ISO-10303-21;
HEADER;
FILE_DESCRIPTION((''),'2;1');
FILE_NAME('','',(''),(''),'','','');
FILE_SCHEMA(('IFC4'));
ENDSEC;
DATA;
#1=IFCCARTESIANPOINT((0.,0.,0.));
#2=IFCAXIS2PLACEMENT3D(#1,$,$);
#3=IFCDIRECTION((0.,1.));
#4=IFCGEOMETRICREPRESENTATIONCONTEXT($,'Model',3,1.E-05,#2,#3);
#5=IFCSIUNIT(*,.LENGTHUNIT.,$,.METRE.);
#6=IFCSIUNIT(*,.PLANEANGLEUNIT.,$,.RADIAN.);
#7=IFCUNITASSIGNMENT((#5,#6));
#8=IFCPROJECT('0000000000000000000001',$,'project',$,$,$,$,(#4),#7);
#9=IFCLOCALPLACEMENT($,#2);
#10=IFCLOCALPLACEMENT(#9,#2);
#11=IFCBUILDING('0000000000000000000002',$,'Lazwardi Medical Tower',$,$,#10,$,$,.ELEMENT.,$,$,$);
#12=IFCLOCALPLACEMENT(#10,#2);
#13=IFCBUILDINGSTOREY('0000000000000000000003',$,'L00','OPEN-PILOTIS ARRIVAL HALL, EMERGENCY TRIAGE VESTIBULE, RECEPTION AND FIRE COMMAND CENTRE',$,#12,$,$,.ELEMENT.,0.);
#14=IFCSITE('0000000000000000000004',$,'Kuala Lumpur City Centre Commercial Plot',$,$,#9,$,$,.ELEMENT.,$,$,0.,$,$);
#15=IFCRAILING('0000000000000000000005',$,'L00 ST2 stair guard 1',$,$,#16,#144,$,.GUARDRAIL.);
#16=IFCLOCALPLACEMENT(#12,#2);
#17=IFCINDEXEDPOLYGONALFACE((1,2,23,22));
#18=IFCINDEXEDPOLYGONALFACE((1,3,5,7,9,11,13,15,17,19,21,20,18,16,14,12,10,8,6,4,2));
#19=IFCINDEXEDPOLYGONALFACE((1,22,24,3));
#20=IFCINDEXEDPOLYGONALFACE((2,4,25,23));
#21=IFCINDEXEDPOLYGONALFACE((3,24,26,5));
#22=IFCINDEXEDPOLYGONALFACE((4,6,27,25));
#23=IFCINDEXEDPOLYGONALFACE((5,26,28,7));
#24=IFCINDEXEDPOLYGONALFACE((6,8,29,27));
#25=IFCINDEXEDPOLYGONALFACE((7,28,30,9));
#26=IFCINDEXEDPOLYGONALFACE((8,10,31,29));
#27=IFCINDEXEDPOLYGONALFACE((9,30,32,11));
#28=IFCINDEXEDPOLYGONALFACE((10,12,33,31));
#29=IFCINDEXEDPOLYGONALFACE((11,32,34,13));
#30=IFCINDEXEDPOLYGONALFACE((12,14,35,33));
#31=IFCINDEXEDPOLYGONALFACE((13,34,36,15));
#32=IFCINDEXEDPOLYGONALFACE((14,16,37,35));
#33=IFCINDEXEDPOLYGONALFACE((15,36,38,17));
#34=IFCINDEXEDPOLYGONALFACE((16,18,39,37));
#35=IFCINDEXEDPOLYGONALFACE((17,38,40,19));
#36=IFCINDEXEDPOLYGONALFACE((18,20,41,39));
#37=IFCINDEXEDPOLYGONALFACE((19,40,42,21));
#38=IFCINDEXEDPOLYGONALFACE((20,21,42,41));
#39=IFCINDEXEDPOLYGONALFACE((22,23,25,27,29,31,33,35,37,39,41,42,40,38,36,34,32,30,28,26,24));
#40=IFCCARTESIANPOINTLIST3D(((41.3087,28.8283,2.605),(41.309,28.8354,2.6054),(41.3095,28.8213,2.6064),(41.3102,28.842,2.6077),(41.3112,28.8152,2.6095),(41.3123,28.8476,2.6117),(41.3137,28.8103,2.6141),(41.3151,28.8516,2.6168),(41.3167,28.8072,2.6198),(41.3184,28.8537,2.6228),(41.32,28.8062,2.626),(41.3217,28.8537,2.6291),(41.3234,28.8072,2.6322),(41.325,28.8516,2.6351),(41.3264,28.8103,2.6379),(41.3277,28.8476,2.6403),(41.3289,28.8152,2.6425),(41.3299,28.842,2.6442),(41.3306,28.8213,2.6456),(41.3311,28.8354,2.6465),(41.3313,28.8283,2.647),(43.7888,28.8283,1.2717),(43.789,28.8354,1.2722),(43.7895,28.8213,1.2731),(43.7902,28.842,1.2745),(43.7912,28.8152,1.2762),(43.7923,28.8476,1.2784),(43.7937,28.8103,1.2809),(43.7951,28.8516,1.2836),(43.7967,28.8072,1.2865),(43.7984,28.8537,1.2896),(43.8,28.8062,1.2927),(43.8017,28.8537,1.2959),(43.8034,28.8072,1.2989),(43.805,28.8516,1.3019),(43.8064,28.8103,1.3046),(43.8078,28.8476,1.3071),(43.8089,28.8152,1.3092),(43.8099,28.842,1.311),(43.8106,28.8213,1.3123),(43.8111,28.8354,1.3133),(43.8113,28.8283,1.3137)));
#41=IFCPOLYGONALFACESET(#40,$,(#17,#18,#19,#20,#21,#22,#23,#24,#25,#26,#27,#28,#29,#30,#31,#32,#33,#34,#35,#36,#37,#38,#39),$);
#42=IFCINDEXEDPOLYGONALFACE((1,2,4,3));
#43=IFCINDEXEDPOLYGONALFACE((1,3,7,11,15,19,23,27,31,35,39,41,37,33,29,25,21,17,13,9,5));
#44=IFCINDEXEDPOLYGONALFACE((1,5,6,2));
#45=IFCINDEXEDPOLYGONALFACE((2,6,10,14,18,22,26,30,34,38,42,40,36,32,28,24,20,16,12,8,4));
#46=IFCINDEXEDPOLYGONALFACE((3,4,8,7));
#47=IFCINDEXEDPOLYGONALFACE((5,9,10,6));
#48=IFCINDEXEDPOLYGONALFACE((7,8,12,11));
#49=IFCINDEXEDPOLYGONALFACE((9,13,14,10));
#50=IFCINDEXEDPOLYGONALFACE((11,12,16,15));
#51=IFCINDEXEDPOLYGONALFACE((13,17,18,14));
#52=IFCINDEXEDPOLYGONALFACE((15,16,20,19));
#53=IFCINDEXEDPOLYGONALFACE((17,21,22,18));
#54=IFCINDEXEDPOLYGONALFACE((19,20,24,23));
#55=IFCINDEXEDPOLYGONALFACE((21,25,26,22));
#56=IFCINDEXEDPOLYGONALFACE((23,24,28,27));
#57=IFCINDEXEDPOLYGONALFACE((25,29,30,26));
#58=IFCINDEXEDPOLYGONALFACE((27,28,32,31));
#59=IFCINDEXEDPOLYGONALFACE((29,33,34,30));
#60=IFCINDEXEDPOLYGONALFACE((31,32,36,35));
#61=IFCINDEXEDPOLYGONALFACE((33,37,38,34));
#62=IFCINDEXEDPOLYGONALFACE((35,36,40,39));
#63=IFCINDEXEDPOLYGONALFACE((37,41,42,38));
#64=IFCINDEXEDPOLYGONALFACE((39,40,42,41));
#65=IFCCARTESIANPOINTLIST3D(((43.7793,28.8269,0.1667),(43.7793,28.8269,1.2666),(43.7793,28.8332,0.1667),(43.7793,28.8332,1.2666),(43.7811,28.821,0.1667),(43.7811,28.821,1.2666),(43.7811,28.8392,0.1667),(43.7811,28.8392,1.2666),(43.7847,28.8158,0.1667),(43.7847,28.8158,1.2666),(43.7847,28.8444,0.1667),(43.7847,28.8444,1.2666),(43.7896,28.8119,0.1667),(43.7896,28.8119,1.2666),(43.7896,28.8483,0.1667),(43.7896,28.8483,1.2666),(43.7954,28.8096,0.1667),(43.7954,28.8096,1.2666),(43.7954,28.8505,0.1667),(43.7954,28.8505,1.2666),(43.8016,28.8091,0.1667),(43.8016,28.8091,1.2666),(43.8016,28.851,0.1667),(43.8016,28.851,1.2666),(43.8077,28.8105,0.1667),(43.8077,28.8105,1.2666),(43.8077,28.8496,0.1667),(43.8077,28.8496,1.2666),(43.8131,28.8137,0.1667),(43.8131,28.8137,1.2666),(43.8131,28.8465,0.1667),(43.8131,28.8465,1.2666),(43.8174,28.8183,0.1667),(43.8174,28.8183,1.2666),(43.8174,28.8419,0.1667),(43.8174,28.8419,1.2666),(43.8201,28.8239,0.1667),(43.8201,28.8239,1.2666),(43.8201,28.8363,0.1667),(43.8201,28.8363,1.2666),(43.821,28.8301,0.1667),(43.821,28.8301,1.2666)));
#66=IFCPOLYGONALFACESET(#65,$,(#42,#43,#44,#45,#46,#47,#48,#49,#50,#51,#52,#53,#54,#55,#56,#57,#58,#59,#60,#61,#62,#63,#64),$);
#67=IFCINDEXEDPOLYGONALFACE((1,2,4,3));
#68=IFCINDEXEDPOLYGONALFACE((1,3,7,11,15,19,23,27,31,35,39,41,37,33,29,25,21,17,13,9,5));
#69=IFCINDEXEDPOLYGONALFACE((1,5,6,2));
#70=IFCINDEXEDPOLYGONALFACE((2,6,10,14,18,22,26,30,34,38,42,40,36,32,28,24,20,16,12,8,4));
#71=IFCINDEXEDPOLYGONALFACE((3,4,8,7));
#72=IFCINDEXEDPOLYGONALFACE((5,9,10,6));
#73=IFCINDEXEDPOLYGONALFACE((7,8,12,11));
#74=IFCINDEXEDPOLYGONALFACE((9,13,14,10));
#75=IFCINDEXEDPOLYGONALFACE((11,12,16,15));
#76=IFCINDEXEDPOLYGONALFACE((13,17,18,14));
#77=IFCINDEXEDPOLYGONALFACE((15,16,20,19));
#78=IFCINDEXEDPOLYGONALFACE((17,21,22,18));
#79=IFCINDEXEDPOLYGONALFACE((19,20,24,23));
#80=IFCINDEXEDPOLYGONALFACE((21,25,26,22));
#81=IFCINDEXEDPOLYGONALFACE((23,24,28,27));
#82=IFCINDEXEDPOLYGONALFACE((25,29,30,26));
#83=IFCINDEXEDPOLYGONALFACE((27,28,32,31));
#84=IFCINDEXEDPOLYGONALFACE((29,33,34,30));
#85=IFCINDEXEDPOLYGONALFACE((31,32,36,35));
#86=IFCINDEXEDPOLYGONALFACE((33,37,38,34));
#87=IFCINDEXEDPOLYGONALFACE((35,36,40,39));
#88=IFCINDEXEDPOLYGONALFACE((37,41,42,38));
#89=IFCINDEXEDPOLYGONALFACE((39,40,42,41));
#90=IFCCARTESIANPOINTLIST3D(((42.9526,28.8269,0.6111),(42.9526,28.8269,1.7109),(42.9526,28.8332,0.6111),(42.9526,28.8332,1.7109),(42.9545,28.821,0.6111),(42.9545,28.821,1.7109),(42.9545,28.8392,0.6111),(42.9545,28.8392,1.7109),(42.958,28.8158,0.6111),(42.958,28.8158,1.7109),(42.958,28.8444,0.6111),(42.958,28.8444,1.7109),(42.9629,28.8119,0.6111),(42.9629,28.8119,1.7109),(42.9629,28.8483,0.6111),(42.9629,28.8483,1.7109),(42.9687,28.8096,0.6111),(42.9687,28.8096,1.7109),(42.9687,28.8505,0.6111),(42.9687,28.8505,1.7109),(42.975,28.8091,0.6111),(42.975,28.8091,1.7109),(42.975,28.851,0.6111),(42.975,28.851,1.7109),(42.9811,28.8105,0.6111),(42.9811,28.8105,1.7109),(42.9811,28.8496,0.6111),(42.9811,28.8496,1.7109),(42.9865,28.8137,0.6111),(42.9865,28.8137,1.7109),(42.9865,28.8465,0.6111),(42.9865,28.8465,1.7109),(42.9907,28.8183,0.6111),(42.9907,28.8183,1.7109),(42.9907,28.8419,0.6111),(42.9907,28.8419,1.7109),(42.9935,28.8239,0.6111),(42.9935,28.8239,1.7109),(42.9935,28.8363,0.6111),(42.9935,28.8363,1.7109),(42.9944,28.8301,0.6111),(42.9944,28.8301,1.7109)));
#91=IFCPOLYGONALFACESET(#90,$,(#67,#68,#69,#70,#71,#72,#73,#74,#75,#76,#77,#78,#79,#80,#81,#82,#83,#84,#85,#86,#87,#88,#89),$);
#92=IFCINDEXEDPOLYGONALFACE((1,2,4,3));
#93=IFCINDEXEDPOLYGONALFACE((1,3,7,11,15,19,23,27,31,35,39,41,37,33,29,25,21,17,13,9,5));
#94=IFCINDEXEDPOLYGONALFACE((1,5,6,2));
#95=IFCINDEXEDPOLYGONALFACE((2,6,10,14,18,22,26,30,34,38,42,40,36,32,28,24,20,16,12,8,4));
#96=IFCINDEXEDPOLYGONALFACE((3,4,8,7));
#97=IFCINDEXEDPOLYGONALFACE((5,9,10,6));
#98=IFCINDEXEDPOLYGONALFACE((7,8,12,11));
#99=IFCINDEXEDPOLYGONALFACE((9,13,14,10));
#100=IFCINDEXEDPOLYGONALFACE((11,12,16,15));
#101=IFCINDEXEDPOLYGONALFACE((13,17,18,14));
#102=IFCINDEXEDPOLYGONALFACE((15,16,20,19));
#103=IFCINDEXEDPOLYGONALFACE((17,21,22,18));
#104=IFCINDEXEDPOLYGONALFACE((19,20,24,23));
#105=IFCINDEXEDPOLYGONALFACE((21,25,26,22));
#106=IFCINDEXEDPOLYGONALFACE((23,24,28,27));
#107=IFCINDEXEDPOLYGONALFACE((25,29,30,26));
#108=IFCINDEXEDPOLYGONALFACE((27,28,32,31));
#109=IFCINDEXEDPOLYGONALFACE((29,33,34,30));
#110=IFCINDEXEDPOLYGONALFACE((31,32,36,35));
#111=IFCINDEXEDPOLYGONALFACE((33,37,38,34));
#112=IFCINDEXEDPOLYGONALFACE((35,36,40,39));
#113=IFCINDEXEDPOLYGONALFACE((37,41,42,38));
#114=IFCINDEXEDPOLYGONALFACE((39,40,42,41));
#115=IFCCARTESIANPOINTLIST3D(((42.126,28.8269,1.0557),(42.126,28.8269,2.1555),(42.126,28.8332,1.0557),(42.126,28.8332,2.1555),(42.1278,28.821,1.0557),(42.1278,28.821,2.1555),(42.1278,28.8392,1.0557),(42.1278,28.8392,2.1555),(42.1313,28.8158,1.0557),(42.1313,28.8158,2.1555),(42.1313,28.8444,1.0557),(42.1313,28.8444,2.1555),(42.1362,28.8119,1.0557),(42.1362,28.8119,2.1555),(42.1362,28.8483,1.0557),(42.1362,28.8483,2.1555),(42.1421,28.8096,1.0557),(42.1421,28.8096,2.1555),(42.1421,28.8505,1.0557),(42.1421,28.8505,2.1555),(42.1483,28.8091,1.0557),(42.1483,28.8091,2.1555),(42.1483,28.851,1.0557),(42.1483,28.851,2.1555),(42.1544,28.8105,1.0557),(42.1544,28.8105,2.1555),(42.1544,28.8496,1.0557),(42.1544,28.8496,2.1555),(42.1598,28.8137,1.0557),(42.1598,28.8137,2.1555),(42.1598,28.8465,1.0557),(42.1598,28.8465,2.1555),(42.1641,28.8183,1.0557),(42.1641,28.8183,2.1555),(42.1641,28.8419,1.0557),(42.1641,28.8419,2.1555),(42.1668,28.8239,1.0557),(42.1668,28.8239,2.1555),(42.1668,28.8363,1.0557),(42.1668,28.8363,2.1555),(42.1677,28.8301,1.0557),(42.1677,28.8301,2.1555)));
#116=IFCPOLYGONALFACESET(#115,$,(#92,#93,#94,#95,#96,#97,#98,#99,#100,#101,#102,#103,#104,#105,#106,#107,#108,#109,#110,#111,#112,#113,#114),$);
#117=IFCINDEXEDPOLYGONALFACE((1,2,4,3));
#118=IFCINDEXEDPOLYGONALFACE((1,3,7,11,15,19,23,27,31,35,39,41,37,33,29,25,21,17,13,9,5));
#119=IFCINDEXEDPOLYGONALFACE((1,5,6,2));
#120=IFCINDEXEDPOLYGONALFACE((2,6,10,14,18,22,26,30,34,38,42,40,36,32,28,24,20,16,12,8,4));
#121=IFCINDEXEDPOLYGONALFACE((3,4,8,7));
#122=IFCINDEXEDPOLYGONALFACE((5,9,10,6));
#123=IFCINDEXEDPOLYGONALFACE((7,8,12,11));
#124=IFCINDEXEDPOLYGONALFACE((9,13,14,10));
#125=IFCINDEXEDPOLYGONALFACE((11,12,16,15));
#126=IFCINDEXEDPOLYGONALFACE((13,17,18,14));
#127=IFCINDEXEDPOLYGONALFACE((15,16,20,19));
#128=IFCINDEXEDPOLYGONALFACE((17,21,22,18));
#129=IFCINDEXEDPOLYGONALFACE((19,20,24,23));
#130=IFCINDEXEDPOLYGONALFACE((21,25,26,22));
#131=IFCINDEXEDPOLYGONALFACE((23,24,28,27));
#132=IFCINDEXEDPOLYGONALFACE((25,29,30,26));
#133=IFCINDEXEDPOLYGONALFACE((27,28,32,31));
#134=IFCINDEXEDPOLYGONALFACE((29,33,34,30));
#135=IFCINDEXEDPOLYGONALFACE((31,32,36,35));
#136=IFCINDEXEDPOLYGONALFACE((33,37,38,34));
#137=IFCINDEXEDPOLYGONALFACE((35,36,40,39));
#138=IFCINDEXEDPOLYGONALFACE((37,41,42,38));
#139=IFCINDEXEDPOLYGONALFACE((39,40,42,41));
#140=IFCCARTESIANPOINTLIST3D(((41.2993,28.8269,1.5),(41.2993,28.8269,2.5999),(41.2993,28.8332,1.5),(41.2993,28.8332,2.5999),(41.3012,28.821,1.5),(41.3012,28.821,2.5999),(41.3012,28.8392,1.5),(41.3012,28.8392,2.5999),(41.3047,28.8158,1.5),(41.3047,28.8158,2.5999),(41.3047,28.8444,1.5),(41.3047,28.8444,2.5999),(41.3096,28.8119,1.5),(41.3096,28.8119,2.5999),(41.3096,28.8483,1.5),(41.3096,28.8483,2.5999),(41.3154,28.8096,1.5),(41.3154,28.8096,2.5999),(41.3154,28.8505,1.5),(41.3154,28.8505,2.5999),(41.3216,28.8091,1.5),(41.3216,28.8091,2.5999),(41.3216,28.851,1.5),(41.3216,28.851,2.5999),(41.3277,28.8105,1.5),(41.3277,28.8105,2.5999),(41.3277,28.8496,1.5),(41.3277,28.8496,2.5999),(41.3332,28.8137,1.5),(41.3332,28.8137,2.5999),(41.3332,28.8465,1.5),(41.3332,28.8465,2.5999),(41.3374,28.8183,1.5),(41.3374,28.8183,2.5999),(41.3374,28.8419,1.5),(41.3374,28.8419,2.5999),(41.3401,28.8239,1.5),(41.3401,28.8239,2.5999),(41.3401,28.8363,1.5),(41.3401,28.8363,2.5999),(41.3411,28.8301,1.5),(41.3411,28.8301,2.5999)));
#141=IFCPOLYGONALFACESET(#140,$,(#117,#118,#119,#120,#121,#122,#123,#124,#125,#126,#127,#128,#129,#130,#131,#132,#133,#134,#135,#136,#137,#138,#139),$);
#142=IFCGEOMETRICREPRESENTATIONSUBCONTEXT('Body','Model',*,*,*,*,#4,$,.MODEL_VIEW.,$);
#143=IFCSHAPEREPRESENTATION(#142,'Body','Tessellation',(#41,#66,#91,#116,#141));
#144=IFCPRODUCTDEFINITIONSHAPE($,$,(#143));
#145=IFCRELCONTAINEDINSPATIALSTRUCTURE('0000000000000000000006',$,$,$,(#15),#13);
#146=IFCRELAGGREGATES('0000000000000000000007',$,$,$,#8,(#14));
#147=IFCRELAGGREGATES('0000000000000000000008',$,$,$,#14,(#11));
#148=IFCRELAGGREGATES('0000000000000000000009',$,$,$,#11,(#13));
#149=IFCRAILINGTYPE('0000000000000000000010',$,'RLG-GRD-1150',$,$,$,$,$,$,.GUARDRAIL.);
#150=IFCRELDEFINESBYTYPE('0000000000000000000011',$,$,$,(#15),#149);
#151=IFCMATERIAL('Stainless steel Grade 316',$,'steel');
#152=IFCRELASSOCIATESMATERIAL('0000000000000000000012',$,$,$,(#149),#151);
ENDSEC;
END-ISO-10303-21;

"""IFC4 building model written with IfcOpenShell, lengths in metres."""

from ifc_helpers import new_model, si_unit, direction, frame, origin, origin_2d, place, context, subcontext, project, spatial, circle, extrude, material, type_object, element, save


model = new_model("IFC4")

# Units and contexts
model_context = context("Model", 3, precision=1e-05, world=origin(), true_north=direction((0.0, 1.0)))
body_context = subcontext(model_context, "Body", "Model", "MODEL_VIEW")
ifc_project = project(units=[si_unit("LENGTHUNIT", "METRE"), si_unit("PLANEANGLEUNIT", "RADIAN")], contexts=[model_context])

# Site, building, storey
site_placement = place(None, origin())
site = spatial("IfcSite", under=ifc_project, at=site_placement, Name="Kuala Lumpur City Centre Commercial Plot", CompositionType="ELEMENT", RefElevation=0.0)
building_placement = place(site_placement, origin())
building = spatial("IfcBuilding", under=site, at=building_placement, Name="Lazwardi Medical Tower", CompositionType="ELEMENT")
storey_placement = place(building_placement, origin())
storey = spatial("IfcBuildingStorey", under=building, at=storey_placement, Name="L00", Description="OPEN-PILOTIS ARRIVAL HALL, EMERGENCY TRIAGE VESTIBULE, RECEPTION AND FIRE COMMAND CENTRE", CompositionType="ELEMENT", Elevation=0.0)

# Railing
ifc_material_1 = material(Name="Stainless steel Grade 316", Category="steel")
railing_type_1 = type_object("IfcRailingType", Name="RLG-GRD-1150", PredefinedType="GUARDRAIL", material=ifc_material_1)
railing_1_placement = place(storey_placement, frame((43.8, 28.8301, 0.1667)))
element("IfcRailing", 1, at=railing_1_placement, inside=storey, type_object=railing_type_1, Name="L00 ST2 stair guard 1", PredefinedType="GUARDRAIL", context=body_context, shape_type="SweptSolid", body=[
    extrude(circle(Radius=0.0239, at=origin_2d()), frame((0.0, 0.0, 1.126), z_axis=(-0.880786, 0.0, 0.473515), x_axis=(0.0, -1.0, 0.0)), (0.0, 0.0, 1.0), 2.8157),
    extrude(circle(Radius=0.021, at=origin_2d()), origin(), (0.0, 0.0, 1.0), 1.0999),
    extrude(circle(Radius=0.021, at=origin_2d()), frame((-0.8267, 0.0, 0.4443)), (0.0, 0.0, 1.0), 1.0999),
    extrude(circle(Radius=0.021, at=origin_2d()), frame((-1.6533, 0.0, 0.8889)), (0.0, 0.0, 1.0), 1.0999),
    extrude(circle(Radius=0.021, at=origin_2d()), frame((-2.48, 0.0, 1.3333)), (0.0, 0.0, 1.0), 1.0999),
])

save(model, "model.ifc")
